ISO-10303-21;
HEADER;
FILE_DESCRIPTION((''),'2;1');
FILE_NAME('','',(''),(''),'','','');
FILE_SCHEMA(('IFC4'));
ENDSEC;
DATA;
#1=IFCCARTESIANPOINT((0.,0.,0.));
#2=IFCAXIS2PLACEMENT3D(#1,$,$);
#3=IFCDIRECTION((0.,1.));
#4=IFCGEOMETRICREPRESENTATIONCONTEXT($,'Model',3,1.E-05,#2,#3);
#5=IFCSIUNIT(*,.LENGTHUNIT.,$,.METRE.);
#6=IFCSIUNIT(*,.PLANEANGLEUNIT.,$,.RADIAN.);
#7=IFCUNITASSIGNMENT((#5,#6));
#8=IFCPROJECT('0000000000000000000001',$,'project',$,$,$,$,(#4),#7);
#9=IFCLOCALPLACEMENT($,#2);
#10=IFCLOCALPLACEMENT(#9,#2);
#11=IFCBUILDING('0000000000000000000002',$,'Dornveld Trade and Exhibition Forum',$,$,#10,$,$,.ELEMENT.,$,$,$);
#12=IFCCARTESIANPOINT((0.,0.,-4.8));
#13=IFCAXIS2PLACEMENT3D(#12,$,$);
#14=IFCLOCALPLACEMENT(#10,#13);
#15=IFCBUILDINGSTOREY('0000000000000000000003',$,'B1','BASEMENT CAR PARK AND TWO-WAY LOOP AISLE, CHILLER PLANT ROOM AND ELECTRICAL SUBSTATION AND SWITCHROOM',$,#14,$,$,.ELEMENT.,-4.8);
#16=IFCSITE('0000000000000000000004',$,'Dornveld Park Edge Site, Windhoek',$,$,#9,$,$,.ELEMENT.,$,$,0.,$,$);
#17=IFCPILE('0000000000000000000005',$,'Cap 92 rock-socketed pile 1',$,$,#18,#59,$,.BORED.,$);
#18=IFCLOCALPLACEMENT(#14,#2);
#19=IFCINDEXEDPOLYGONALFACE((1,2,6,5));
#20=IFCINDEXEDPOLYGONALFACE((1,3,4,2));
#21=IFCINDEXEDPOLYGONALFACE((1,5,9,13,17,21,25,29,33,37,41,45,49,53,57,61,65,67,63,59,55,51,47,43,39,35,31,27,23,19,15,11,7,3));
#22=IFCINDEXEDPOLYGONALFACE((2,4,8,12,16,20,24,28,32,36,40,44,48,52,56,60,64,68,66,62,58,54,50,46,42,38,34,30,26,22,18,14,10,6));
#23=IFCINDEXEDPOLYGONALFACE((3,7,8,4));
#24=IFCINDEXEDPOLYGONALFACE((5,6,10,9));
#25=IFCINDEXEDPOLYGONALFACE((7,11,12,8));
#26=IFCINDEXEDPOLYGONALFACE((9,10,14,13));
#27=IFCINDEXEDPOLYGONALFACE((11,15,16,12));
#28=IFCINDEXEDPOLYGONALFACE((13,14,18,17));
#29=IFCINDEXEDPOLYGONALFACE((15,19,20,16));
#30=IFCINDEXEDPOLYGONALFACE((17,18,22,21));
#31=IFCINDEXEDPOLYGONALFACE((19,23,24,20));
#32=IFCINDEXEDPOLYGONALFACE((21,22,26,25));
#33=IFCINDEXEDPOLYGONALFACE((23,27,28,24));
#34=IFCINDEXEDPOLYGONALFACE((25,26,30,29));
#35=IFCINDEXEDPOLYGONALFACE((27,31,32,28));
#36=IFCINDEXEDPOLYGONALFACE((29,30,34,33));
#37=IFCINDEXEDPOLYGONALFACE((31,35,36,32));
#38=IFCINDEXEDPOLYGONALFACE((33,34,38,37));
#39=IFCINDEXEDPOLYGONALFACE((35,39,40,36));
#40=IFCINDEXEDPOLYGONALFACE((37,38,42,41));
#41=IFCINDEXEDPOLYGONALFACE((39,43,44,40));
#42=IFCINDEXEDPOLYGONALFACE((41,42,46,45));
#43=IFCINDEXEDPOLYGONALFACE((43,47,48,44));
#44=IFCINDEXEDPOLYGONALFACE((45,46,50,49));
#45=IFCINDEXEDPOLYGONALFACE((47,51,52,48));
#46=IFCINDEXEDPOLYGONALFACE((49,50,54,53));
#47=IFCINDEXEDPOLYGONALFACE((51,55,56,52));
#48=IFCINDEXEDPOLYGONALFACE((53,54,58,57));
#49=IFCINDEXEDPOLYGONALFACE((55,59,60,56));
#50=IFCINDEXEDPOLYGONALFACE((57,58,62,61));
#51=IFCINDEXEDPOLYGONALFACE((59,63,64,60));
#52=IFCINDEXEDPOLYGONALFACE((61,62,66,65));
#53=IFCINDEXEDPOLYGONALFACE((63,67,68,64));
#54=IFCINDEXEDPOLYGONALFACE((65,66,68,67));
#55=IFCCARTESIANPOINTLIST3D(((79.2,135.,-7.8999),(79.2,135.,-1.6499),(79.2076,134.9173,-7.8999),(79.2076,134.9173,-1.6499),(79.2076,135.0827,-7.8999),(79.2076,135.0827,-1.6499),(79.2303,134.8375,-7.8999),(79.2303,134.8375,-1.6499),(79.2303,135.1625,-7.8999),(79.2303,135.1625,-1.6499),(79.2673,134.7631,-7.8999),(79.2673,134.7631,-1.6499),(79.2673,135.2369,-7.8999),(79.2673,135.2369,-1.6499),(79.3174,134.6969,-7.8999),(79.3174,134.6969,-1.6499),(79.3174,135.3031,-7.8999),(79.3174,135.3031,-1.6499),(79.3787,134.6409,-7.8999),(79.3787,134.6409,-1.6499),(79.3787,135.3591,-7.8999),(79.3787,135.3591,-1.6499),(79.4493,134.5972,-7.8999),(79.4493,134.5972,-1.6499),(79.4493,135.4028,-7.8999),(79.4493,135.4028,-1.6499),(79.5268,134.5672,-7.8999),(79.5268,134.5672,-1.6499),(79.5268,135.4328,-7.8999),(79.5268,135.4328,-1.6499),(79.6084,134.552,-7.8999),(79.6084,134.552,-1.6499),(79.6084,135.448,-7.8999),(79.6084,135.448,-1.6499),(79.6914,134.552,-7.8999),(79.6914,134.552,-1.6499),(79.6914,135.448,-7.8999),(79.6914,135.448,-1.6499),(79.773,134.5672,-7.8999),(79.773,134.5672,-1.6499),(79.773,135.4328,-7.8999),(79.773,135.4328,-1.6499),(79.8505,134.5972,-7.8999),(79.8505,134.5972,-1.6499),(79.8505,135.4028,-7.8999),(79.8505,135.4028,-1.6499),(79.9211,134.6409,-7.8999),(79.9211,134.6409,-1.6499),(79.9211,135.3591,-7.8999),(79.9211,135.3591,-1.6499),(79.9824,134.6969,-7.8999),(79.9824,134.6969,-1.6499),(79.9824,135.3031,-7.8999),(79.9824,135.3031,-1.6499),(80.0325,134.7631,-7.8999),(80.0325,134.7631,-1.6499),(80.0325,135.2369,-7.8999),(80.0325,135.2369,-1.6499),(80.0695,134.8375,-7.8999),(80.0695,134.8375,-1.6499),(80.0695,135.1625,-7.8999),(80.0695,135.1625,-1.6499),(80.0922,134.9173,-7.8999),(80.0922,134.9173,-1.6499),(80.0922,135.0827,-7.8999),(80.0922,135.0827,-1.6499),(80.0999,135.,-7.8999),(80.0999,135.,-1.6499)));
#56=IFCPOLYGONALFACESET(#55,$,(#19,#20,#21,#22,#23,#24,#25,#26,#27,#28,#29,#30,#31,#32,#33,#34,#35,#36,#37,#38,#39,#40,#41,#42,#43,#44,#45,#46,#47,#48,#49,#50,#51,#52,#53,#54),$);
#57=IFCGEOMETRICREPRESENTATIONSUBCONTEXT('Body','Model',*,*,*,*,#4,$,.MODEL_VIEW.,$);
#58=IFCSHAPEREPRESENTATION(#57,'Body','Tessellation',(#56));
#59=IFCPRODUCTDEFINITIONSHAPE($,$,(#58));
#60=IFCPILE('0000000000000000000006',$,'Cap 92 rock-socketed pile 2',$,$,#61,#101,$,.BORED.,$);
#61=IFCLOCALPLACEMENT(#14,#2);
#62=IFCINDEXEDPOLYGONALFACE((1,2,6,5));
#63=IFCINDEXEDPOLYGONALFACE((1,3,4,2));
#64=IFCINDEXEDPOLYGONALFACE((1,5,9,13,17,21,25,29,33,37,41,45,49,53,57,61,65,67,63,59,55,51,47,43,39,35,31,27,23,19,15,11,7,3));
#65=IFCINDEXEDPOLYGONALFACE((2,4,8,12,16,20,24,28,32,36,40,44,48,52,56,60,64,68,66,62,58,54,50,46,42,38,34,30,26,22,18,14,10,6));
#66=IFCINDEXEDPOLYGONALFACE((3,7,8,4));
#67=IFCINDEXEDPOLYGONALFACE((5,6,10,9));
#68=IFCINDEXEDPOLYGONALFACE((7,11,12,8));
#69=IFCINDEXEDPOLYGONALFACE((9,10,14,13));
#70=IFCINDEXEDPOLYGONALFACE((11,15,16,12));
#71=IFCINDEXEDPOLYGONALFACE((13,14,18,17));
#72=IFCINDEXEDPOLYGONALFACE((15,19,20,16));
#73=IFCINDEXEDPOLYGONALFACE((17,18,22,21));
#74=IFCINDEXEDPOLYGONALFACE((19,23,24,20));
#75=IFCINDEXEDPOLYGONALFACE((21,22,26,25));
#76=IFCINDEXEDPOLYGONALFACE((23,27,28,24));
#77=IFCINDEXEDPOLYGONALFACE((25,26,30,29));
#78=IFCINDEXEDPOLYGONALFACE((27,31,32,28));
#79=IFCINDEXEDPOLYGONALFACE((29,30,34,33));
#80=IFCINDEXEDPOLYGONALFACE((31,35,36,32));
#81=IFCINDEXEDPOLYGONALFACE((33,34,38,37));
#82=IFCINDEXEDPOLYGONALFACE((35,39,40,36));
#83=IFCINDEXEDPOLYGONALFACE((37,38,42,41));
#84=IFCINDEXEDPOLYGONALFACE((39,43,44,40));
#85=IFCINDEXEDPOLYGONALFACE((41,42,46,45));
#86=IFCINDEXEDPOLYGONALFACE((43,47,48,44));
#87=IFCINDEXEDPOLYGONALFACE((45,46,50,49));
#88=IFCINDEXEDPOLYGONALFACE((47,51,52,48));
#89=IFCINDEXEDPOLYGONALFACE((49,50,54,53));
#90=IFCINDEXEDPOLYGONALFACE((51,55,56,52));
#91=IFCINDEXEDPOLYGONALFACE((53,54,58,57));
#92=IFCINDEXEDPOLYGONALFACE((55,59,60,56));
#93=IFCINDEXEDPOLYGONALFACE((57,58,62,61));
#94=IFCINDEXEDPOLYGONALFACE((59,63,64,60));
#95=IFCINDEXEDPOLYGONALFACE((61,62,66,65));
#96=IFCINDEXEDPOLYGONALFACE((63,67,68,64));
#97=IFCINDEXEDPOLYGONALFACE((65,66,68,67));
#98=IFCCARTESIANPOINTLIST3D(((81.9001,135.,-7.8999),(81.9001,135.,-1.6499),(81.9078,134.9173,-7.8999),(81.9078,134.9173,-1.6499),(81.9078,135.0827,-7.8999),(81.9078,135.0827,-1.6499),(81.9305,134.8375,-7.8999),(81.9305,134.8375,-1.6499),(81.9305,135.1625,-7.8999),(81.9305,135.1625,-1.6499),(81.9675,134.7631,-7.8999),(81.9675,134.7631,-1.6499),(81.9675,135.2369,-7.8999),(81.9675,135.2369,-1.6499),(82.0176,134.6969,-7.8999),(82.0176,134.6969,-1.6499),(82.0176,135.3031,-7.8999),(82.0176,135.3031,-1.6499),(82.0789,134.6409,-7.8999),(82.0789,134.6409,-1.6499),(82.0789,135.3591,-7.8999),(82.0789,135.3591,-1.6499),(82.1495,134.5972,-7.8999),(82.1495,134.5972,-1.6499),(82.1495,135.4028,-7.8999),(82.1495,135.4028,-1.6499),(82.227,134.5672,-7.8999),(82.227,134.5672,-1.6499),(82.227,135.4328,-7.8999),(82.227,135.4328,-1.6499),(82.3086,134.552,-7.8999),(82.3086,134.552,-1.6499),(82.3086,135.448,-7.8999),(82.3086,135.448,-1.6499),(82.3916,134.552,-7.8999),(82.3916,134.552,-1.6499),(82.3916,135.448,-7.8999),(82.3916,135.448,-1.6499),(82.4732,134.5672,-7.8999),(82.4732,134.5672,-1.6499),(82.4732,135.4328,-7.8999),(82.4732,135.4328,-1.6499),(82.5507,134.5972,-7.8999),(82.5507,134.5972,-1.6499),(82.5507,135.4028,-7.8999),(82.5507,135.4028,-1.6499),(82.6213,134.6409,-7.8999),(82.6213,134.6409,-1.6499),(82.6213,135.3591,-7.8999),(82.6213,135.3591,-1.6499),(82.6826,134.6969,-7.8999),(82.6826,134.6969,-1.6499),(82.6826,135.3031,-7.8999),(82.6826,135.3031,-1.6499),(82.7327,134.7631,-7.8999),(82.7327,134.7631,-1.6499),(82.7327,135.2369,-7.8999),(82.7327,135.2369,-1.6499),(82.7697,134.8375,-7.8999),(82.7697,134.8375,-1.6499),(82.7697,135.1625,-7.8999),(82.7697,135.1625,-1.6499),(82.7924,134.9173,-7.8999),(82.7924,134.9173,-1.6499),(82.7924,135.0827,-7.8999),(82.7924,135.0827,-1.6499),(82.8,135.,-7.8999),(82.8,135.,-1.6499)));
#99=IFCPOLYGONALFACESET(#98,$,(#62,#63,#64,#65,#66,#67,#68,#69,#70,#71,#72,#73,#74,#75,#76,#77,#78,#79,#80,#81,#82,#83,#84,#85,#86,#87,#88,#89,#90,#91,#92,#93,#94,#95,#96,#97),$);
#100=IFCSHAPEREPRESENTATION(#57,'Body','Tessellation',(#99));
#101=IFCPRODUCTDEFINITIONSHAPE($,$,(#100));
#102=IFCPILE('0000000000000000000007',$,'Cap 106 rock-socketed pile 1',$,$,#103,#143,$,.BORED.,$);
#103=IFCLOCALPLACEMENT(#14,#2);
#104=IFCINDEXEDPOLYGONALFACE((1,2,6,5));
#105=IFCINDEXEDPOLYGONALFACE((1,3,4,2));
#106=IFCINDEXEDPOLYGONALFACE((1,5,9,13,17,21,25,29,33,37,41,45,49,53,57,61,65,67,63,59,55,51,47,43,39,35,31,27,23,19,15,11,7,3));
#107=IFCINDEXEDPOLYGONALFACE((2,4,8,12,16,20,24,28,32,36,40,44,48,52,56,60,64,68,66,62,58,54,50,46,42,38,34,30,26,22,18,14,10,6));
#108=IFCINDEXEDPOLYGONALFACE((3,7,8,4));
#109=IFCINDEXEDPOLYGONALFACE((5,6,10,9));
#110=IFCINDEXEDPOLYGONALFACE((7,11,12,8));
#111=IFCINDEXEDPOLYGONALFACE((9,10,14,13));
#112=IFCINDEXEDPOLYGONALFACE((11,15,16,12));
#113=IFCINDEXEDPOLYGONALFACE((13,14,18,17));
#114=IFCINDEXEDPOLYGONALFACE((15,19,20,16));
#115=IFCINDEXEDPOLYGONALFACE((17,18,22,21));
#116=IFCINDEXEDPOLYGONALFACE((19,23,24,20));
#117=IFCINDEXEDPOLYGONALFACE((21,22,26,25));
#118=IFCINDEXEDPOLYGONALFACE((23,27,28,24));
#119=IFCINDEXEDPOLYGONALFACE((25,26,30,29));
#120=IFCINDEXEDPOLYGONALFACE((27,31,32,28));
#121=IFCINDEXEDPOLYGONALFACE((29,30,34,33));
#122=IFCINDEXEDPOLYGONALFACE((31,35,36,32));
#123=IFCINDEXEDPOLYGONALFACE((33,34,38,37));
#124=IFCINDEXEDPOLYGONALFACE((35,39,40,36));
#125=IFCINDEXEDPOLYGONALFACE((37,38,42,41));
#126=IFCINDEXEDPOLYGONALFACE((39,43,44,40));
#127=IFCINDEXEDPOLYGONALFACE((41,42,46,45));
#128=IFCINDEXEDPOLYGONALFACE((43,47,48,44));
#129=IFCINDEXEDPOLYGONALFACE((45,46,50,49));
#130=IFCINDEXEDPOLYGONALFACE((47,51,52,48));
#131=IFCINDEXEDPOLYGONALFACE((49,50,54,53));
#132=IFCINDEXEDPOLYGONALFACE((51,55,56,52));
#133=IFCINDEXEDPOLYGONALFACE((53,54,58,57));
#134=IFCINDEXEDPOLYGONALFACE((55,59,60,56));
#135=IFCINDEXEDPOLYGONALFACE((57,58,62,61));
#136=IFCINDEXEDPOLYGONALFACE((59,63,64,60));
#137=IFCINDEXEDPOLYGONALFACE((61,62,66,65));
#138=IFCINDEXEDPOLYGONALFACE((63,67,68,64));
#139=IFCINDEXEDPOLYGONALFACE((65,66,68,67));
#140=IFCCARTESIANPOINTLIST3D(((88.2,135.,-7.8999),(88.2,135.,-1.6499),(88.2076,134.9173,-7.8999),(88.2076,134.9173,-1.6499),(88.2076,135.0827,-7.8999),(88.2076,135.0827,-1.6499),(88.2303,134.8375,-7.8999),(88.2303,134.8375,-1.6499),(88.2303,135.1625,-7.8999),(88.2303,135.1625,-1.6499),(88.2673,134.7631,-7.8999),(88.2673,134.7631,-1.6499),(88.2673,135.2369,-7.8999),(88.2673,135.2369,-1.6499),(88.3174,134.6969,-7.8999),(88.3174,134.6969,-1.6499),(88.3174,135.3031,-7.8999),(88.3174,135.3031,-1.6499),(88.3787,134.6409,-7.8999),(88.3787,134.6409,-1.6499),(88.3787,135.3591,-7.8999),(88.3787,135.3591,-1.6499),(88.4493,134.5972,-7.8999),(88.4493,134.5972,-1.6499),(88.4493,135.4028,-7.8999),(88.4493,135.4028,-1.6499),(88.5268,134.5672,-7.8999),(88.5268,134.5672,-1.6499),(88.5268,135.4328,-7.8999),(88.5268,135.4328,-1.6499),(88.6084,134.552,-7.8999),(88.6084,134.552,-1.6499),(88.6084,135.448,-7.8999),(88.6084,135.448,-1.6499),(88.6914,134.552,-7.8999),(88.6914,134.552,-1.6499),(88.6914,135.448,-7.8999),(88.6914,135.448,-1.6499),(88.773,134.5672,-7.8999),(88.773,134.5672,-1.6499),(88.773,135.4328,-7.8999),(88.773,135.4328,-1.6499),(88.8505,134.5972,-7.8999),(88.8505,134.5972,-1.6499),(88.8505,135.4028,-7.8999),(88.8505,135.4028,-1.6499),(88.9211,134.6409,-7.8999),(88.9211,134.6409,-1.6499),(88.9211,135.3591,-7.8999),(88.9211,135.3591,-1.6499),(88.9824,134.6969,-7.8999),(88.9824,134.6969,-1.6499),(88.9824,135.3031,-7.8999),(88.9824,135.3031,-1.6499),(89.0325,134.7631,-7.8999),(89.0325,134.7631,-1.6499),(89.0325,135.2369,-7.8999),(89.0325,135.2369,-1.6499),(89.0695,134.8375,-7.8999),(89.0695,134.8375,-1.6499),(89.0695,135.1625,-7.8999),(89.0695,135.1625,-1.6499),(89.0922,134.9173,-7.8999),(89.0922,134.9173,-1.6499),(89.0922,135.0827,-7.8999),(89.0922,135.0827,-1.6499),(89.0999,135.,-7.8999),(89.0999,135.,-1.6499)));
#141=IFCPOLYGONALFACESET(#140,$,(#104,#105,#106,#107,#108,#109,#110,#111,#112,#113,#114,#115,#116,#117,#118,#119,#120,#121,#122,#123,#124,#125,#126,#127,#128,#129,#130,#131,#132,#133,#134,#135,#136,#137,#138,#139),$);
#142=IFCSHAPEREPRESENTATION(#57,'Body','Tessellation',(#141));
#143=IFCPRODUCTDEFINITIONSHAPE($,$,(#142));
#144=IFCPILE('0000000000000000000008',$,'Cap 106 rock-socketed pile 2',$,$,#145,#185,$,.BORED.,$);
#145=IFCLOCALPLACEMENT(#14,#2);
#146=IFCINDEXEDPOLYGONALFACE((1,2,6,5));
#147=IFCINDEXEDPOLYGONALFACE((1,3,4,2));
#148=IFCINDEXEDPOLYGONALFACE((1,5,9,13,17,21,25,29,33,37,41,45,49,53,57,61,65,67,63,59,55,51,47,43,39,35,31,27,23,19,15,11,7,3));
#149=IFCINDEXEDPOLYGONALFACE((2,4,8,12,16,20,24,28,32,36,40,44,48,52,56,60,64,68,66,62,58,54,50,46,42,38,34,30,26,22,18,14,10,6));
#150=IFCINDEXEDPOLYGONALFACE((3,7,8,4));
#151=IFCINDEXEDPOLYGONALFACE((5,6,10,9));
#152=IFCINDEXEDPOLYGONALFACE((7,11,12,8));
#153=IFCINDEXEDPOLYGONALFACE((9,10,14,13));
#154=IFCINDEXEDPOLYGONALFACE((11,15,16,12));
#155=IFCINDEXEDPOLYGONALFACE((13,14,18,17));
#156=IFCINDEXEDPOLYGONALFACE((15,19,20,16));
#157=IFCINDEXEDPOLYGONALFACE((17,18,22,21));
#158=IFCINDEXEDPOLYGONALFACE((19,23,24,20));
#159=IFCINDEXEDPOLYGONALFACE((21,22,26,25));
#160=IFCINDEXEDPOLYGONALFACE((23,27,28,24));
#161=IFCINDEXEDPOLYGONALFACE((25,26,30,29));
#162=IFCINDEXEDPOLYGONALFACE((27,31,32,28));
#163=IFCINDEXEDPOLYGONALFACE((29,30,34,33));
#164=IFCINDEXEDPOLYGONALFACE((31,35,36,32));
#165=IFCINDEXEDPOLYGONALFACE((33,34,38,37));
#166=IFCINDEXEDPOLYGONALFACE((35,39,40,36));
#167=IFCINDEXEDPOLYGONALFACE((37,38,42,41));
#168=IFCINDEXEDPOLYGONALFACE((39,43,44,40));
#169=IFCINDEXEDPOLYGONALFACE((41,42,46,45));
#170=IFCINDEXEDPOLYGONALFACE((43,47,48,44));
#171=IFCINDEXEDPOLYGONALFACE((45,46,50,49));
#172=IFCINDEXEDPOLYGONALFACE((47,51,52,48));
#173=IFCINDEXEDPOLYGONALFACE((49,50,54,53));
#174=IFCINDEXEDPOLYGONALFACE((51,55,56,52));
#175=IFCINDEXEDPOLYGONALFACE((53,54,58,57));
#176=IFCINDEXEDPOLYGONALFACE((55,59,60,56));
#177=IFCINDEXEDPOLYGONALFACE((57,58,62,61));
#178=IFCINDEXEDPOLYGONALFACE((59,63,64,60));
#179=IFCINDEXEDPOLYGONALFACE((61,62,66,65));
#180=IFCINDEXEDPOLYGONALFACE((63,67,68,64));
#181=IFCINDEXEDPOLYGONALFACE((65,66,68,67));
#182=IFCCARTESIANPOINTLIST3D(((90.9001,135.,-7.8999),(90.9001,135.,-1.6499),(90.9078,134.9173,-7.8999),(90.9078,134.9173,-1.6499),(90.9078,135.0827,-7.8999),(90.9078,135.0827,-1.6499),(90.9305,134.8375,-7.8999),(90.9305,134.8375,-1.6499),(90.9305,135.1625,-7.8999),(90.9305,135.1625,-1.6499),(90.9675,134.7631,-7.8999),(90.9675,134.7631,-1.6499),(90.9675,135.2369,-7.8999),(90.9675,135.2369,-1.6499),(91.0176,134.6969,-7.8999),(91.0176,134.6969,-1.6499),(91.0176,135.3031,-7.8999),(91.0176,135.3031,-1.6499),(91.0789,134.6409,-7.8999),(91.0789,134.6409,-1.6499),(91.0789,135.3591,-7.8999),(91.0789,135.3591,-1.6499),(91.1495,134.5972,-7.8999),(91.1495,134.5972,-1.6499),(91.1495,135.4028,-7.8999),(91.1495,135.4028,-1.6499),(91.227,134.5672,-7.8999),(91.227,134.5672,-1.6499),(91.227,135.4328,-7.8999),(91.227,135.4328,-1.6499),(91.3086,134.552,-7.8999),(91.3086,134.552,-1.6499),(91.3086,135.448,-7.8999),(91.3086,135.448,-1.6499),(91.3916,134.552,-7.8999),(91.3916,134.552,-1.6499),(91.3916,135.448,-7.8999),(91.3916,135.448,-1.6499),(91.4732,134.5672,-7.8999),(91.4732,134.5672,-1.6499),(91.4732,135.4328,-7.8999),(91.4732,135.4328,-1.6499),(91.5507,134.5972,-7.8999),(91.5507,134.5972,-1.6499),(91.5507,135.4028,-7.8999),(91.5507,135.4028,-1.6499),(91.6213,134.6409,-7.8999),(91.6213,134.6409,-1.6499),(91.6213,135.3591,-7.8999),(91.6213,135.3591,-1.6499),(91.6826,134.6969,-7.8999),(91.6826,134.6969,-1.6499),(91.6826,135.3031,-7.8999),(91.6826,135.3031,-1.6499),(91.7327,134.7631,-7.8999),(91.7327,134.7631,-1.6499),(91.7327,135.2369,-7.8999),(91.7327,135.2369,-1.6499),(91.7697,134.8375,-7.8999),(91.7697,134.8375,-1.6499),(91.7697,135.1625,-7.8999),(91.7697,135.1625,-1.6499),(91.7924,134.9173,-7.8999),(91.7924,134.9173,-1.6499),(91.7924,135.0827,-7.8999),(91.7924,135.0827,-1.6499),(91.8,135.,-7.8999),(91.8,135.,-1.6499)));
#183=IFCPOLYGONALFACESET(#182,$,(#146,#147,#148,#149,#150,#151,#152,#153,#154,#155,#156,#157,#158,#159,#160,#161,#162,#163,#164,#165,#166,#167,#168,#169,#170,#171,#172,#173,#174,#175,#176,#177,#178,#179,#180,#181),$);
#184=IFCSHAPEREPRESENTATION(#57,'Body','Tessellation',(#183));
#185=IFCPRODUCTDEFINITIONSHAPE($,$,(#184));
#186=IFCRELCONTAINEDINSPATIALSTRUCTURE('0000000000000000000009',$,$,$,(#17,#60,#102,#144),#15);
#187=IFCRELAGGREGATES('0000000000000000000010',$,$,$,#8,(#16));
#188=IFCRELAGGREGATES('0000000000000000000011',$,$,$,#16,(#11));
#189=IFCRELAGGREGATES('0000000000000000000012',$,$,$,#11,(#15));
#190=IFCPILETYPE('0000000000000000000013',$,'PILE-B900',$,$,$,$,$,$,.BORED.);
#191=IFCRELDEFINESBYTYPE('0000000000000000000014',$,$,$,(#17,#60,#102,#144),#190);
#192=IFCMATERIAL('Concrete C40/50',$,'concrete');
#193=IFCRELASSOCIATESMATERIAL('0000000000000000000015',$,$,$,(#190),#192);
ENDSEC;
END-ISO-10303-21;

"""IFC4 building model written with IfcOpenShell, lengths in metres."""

from ifc_helpers import new_model, si_unit, direction, frame, origin, origin_2d, place, context, subcontext, project, spatial, circle, extrude, material, material_profile, profile_set, type_object, element, save


model = new_model("IFC4")

# Units and contexts
model_context = context("Model", 3, precision=1e-05, world=origin(), true_north=direction((0.0, 1.0)))
body_context = subcontext(model_context, "Body", "Model", "MODEL_VIEW")
ifc_project = project(units=[si_unit("LENGTHUNIT", "METRE"), si_unit("PLANEANGLEUNIT", "RADIAN")], contexts=[model_context])

# Site, building, storey
site_placement = place(None, origin())
site = spatial("IfcSite", under=ifc_project, at=site_placement, Name="Dornveld Park Edge Site, Windhoek", CompositionType="ELEMENT", RefElevation=0.0)
building_placement = place(site_placement, origin())
building = spatial("IfcBuilding", under=site, at=building_placement, Name="Dornveld Trade and Exhibition Forum", CompositionType="ELEMENT")
storey_placement = place(building_placement, frame((0.0, 0.0, -4.8)))
storey = spatial("IfcBuildingStorey", under=building, at=storey_placement, Name="B1", Description="BASEMENT CAR PARK AND TWO-WAY LOOP AISLE, CHILLER PLANT ROOM AND ELECTRICAL SUBSTATION AND SWITCHROOM", CompositionType="ELEMENT", Elevation=-4.8)

# Piles
ifc_material_1 = material(Name="Concrete C40/50", Category="concrete")
ifc_material_profile_1 = material_profile(ifc_material_1, circle(Radius=0.45, at=origin_2d()), Name="PILE D900")
ifc_profile_set_1 = profile_set([ifc_material_profile_1], Name="Concrete C40/50")
pile_type = type_object("IfcPileType", Name="PILE-B900", PredefinedType="BORED", material=ifc_profile_set_1)
for number, where, z_axis, x_axis, name in (
    (1, (79.6499, 135.0, -1.6499), (0.0, 0.0, -1.0), (1.0, 0.0, 0.0), "Cap 92 rock-socketed pile 1"),
    (2, (82.3501, 135.0, -1.6499), (0.0, 0.0, -1.0), (1.0, 0.0, 0.0), "Cap 92 rock-socketed pile 2"),
    (3, (88.6499, 135.0, -1.6499), (0.0, 0.0, -1.0), (1.0, 0.0, 0.0), "Cap 106 rock-socketed pile 1"),
    (4, (91.3501, 135.0, -1.6499), (0.0, 0.0, -1.0), (1.0, 0.0, 0.0), "Cap 106 rock-socketed pile 2"),
):
    element("IfcPile", number, at=place(storey_placement, frame(where, z_axis=z_axis, x_axis=x_axis)), inside=storey, type_object=pile_type, Name=name, PredefinedType="BORED", context=body_context, shape_type="SweptSolid", body=[
        extrude(circle(Radius=0.45, at=origin_2d()), origin(), (0.0, 0.0, 1.0), 6.25),
    ])

save(model, "model.ifc")
